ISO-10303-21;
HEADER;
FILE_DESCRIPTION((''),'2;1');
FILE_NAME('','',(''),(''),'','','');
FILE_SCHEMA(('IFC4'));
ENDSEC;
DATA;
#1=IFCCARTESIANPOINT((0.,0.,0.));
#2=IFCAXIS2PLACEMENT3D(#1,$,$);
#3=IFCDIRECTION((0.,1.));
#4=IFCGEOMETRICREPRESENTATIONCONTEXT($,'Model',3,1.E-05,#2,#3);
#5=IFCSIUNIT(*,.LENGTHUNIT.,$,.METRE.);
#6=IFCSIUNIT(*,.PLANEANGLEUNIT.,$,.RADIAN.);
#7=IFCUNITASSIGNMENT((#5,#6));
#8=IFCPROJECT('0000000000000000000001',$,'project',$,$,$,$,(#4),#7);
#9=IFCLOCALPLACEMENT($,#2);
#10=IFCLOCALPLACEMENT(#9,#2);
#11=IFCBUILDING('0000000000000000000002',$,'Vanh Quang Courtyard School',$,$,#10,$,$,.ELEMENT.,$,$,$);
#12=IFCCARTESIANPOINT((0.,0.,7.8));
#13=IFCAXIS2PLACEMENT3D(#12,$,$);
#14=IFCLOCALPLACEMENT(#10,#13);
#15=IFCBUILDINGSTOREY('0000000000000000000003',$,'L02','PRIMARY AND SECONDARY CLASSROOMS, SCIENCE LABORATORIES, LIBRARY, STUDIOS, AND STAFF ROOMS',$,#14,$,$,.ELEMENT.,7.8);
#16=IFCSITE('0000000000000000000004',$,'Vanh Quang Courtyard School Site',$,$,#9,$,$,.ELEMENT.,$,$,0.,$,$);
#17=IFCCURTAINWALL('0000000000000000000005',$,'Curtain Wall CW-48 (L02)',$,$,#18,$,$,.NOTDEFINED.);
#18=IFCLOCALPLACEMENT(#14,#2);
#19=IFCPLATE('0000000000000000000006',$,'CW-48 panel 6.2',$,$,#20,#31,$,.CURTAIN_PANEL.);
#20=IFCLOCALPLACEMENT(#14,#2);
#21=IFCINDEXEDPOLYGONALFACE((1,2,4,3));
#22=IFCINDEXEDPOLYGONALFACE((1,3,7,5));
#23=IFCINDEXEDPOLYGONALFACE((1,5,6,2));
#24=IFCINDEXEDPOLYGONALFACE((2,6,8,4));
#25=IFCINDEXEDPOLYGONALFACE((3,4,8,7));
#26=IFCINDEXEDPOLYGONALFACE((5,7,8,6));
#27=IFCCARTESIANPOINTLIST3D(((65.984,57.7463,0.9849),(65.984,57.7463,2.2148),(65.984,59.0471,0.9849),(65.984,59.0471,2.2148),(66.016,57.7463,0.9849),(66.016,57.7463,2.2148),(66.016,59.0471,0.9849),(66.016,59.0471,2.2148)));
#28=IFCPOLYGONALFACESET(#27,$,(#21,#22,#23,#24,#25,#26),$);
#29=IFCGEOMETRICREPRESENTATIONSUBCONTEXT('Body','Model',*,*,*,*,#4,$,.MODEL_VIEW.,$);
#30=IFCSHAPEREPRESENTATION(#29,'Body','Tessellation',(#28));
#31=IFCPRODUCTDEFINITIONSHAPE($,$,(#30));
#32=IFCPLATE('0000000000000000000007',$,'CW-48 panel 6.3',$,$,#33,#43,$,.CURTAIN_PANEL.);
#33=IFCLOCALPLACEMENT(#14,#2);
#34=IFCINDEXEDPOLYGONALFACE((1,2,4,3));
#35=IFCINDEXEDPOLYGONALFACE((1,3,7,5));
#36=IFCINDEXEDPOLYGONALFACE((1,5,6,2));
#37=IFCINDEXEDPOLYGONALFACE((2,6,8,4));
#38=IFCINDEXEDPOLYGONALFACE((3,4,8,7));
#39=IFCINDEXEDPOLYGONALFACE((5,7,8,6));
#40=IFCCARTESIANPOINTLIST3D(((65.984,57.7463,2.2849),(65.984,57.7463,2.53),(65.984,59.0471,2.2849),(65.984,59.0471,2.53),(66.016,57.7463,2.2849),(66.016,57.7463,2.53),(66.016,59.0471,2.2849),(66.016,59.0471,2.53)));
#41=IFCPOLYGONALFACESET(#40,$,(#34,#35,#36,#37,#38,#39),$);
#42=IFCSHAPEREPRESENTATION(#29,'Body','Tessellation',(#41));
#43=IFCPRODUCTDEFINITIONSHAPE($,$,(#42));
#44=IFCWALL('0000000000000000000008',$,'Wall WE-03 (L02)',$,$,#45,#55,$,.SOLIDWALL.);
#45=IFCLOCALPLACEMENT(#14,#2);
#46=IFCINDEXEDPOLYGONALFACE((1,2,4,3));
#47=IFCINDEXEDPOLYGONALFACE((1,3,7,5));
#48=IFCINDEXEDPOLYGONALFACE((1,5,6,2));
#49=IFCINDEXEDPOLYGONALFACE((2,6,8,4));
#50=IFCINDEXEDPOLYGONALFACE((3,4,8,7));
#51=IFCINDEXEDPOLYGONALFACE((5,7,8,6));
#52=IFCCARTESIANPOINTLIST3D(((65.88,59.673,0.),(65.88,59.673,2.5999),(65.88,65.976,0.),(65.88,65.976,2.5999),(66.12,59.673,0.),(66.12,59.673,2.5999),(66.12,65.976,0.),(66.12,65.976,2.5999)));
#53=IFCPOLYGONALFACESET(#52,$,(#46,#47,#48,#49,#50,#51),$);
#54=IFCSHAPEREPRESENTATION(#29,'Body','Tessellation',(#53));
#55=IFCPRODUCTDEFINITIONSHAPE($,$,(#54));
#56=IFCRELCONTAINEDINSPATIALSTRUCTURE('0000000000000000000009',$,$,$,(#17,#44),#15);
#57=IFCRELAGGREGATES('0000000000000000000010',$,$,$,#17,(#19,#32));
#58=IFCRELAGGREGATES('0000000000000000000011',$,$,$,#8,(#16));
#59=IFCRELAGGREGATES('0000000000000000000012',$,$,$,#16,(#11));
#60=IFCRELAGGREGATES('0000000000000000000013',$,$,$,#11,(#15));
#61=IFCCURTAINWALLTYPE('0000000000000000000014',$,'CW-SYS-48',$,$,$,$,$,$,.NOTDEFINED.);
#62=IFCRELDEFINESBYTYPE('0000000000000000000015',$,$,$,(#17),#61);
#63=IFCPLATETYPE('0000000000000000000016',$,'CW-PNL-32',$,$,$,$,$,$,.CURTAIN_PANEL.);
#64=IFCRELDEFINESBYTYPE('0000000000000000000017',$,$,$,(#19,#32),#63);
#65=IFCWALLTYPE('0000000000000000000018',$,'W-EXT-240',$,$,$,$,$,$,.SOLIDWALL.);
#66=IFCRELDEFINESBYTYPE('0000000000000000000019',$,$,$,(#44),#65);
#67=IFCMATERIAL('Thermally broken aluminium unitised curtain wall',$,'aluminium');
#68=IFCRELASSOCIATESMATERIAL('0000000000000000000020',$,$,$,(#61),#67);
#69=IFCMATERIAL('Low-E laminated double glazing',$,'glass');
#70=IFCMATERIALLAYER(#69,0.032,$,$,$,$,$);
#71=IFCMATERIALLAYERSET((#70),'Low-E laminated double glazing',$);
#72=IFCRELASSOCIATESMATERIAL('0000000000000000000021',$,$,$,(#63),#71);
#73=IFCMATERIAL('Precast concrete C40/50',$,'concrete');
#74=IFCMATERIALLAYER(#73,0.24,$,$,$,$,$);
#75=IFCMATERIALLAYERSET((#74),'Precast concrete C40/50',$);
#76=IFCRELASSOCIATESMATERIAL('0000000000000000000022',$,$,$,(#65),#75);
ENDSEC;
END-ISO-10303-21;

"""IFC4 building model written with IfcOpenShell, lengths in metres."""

from ifc_helpers import new_model, si_unit, direction, frame, frame_2d, origin, origin_2d, place, context, subcontext, project, spatial, rectangle, extrude, material, layer, layer_set, type_object, element, aggregate, save


model = new_model("IFC4")

# Units and contexts
model_context = context("Model", 3, precision=1e-05, world=origin(), true_north=direction((0.0, 1.0)))
body_context = subcontext(model_context, "Body", "Model", "MODEL_VIEW")
ifc_project = project(units=[si_unit("LENGTHUNIT", "METRE"), si_unit("PLANEANGLEUNIT", "RADIAN")], contexts=[model_context])

# Site, building, storey
site_placement = place(None, origin())
site = spatial("IfcSite", under=ifc_project, at=site_placement, Name="Vanh Quang Courtyard School Site", CompositionType="ELEMENT", RefElevation=0.0)
building_placement = place(site_placement, origin())
building = spatial("IfcBuilding", under=site, at=building_placement, Name="Vanh Quang Courtyard School", CompositionType="ELEMENT")
storey_placement = place(building_placement, frame((0.0, 0.0, 7.8)))
storey = spatial("IfcBuildingStorey", under=building, at=storey_placement, Name="L02", Description="PRIMARY AND SECONDARY CLASSROOMS, SCIENCE LABORATORIES, LIBRARY, STUDIOS, AND STAFF ROOMS", CompositionType="ELEMENT", Elevation=7.8)

# Curtain wall
ifc_material_1 = material(Name="Thermally broken aluminium unitised curtain wall", Category="aluminium")
curtain_wall_type = type_object("IfcCurtainWallType", Name="CW-SYS-48", PredefinedType="NOTDEFINED", material=ifc_material_1)
curtain_wall_placement = place(storey_placement, origin())
curtain_wall = element("IfcCurtainWall", 1, at=curtain_wall_placement, inside=storey, type_object=curtain_wall_type, Name="Curtain Wall CW-48 (L02)", PredefinedType="NOTDEFINED")

# Plates
ifc_material_2 = material(Name="Low-E laminated double glazing", Category="glass")
ifc_layer_1 = layer(ifc_material_2, 0.032)
ifc_layer_set_1 = layer_set([ifc_layer_1], Name="Low-E laminated double glazing")
plate_type = type_object("IfcPlateType", Name="CW-PNL-32", PredefinedType="CURTAIN_PANEL", material=ifc_layer_set_1)
plate_1_placement = place(storey_placement, frame((66.0, 58.3967, 0.9849), z_axis=(0.0, 0.0, 1.0), x_axis=(0.0, 1.0, 0.0)))
plate_1 = element("IfcPlate", 2, at=plate_1_placement, type_object=plate_type, Name="CW-48 panel 6.2", PredefinedType="CURTAIN_PANEL", context=body_context, shape_type="SweptSolid", body=[
    extrude(rectangle(XDim=1.3008, YDim=0.032, at=origin_2d()), origin(), (0.0, 0.0, 1.0), 1.23),
])
plate_2_placement = place(storey_placement, frame((66.0, 58.3967, 2.2849), z_axis=(0.0, 0.0, 1.0), x_axis=(0.0, 1.0, 0.0)))
plate_2 = element("IfcPlate", 3, at=plate_2_placement, type_object=plate_type, Name="CW-48 panel 6.3", PredefinedType="CURTAIN_PANEL", context=body_context, shape_type="SweptSolid", body=[
    extrude(rectangle(XDim=1.3008, YDim=0.032, at=origin_2d()), origin(), (0.0, 0.0, 1.0), 0.2451),
])
aggregate(curtain_wall, [plate_1, plate_2])

# Wall
ifc_material_3 = material(Name="Precast concrete C40/50", Category="concrete")
ifc_layer_2 = layer(ifc_material_3, 0.24)
ifc_layer_set_2 = layer_set([ifc_layer_2], Name="Precast concrete C40/50")
wall_type = type_object("IfcWallType", Name="W-EXT-240", PredefinedType="SOLIDWALL", material=ifc_layer_set_2)
wall_placement = place(storey_placement, frame((66.0, 59.6731, 0.0), z_axis=(0.0, 0.0, 1.0), x_axis=(0.0, 1.0, 0.0)))
element("IfcWall", 4, at=wall_placement, inside=storey, type_object=wall_type, Name="Wall WE-03 (L02)", PredefinedType="SOLIDWALL", context=body_context, shape_type="SweptSolid", body=[
    extrude(rectangle(XDim=6.303, YDim=0.24, at=frame_2d((3.1514, 0.0))), origin(), (0.0, 0.0, 1.0), 2.5999),
])

save(model, "model.ifc")
